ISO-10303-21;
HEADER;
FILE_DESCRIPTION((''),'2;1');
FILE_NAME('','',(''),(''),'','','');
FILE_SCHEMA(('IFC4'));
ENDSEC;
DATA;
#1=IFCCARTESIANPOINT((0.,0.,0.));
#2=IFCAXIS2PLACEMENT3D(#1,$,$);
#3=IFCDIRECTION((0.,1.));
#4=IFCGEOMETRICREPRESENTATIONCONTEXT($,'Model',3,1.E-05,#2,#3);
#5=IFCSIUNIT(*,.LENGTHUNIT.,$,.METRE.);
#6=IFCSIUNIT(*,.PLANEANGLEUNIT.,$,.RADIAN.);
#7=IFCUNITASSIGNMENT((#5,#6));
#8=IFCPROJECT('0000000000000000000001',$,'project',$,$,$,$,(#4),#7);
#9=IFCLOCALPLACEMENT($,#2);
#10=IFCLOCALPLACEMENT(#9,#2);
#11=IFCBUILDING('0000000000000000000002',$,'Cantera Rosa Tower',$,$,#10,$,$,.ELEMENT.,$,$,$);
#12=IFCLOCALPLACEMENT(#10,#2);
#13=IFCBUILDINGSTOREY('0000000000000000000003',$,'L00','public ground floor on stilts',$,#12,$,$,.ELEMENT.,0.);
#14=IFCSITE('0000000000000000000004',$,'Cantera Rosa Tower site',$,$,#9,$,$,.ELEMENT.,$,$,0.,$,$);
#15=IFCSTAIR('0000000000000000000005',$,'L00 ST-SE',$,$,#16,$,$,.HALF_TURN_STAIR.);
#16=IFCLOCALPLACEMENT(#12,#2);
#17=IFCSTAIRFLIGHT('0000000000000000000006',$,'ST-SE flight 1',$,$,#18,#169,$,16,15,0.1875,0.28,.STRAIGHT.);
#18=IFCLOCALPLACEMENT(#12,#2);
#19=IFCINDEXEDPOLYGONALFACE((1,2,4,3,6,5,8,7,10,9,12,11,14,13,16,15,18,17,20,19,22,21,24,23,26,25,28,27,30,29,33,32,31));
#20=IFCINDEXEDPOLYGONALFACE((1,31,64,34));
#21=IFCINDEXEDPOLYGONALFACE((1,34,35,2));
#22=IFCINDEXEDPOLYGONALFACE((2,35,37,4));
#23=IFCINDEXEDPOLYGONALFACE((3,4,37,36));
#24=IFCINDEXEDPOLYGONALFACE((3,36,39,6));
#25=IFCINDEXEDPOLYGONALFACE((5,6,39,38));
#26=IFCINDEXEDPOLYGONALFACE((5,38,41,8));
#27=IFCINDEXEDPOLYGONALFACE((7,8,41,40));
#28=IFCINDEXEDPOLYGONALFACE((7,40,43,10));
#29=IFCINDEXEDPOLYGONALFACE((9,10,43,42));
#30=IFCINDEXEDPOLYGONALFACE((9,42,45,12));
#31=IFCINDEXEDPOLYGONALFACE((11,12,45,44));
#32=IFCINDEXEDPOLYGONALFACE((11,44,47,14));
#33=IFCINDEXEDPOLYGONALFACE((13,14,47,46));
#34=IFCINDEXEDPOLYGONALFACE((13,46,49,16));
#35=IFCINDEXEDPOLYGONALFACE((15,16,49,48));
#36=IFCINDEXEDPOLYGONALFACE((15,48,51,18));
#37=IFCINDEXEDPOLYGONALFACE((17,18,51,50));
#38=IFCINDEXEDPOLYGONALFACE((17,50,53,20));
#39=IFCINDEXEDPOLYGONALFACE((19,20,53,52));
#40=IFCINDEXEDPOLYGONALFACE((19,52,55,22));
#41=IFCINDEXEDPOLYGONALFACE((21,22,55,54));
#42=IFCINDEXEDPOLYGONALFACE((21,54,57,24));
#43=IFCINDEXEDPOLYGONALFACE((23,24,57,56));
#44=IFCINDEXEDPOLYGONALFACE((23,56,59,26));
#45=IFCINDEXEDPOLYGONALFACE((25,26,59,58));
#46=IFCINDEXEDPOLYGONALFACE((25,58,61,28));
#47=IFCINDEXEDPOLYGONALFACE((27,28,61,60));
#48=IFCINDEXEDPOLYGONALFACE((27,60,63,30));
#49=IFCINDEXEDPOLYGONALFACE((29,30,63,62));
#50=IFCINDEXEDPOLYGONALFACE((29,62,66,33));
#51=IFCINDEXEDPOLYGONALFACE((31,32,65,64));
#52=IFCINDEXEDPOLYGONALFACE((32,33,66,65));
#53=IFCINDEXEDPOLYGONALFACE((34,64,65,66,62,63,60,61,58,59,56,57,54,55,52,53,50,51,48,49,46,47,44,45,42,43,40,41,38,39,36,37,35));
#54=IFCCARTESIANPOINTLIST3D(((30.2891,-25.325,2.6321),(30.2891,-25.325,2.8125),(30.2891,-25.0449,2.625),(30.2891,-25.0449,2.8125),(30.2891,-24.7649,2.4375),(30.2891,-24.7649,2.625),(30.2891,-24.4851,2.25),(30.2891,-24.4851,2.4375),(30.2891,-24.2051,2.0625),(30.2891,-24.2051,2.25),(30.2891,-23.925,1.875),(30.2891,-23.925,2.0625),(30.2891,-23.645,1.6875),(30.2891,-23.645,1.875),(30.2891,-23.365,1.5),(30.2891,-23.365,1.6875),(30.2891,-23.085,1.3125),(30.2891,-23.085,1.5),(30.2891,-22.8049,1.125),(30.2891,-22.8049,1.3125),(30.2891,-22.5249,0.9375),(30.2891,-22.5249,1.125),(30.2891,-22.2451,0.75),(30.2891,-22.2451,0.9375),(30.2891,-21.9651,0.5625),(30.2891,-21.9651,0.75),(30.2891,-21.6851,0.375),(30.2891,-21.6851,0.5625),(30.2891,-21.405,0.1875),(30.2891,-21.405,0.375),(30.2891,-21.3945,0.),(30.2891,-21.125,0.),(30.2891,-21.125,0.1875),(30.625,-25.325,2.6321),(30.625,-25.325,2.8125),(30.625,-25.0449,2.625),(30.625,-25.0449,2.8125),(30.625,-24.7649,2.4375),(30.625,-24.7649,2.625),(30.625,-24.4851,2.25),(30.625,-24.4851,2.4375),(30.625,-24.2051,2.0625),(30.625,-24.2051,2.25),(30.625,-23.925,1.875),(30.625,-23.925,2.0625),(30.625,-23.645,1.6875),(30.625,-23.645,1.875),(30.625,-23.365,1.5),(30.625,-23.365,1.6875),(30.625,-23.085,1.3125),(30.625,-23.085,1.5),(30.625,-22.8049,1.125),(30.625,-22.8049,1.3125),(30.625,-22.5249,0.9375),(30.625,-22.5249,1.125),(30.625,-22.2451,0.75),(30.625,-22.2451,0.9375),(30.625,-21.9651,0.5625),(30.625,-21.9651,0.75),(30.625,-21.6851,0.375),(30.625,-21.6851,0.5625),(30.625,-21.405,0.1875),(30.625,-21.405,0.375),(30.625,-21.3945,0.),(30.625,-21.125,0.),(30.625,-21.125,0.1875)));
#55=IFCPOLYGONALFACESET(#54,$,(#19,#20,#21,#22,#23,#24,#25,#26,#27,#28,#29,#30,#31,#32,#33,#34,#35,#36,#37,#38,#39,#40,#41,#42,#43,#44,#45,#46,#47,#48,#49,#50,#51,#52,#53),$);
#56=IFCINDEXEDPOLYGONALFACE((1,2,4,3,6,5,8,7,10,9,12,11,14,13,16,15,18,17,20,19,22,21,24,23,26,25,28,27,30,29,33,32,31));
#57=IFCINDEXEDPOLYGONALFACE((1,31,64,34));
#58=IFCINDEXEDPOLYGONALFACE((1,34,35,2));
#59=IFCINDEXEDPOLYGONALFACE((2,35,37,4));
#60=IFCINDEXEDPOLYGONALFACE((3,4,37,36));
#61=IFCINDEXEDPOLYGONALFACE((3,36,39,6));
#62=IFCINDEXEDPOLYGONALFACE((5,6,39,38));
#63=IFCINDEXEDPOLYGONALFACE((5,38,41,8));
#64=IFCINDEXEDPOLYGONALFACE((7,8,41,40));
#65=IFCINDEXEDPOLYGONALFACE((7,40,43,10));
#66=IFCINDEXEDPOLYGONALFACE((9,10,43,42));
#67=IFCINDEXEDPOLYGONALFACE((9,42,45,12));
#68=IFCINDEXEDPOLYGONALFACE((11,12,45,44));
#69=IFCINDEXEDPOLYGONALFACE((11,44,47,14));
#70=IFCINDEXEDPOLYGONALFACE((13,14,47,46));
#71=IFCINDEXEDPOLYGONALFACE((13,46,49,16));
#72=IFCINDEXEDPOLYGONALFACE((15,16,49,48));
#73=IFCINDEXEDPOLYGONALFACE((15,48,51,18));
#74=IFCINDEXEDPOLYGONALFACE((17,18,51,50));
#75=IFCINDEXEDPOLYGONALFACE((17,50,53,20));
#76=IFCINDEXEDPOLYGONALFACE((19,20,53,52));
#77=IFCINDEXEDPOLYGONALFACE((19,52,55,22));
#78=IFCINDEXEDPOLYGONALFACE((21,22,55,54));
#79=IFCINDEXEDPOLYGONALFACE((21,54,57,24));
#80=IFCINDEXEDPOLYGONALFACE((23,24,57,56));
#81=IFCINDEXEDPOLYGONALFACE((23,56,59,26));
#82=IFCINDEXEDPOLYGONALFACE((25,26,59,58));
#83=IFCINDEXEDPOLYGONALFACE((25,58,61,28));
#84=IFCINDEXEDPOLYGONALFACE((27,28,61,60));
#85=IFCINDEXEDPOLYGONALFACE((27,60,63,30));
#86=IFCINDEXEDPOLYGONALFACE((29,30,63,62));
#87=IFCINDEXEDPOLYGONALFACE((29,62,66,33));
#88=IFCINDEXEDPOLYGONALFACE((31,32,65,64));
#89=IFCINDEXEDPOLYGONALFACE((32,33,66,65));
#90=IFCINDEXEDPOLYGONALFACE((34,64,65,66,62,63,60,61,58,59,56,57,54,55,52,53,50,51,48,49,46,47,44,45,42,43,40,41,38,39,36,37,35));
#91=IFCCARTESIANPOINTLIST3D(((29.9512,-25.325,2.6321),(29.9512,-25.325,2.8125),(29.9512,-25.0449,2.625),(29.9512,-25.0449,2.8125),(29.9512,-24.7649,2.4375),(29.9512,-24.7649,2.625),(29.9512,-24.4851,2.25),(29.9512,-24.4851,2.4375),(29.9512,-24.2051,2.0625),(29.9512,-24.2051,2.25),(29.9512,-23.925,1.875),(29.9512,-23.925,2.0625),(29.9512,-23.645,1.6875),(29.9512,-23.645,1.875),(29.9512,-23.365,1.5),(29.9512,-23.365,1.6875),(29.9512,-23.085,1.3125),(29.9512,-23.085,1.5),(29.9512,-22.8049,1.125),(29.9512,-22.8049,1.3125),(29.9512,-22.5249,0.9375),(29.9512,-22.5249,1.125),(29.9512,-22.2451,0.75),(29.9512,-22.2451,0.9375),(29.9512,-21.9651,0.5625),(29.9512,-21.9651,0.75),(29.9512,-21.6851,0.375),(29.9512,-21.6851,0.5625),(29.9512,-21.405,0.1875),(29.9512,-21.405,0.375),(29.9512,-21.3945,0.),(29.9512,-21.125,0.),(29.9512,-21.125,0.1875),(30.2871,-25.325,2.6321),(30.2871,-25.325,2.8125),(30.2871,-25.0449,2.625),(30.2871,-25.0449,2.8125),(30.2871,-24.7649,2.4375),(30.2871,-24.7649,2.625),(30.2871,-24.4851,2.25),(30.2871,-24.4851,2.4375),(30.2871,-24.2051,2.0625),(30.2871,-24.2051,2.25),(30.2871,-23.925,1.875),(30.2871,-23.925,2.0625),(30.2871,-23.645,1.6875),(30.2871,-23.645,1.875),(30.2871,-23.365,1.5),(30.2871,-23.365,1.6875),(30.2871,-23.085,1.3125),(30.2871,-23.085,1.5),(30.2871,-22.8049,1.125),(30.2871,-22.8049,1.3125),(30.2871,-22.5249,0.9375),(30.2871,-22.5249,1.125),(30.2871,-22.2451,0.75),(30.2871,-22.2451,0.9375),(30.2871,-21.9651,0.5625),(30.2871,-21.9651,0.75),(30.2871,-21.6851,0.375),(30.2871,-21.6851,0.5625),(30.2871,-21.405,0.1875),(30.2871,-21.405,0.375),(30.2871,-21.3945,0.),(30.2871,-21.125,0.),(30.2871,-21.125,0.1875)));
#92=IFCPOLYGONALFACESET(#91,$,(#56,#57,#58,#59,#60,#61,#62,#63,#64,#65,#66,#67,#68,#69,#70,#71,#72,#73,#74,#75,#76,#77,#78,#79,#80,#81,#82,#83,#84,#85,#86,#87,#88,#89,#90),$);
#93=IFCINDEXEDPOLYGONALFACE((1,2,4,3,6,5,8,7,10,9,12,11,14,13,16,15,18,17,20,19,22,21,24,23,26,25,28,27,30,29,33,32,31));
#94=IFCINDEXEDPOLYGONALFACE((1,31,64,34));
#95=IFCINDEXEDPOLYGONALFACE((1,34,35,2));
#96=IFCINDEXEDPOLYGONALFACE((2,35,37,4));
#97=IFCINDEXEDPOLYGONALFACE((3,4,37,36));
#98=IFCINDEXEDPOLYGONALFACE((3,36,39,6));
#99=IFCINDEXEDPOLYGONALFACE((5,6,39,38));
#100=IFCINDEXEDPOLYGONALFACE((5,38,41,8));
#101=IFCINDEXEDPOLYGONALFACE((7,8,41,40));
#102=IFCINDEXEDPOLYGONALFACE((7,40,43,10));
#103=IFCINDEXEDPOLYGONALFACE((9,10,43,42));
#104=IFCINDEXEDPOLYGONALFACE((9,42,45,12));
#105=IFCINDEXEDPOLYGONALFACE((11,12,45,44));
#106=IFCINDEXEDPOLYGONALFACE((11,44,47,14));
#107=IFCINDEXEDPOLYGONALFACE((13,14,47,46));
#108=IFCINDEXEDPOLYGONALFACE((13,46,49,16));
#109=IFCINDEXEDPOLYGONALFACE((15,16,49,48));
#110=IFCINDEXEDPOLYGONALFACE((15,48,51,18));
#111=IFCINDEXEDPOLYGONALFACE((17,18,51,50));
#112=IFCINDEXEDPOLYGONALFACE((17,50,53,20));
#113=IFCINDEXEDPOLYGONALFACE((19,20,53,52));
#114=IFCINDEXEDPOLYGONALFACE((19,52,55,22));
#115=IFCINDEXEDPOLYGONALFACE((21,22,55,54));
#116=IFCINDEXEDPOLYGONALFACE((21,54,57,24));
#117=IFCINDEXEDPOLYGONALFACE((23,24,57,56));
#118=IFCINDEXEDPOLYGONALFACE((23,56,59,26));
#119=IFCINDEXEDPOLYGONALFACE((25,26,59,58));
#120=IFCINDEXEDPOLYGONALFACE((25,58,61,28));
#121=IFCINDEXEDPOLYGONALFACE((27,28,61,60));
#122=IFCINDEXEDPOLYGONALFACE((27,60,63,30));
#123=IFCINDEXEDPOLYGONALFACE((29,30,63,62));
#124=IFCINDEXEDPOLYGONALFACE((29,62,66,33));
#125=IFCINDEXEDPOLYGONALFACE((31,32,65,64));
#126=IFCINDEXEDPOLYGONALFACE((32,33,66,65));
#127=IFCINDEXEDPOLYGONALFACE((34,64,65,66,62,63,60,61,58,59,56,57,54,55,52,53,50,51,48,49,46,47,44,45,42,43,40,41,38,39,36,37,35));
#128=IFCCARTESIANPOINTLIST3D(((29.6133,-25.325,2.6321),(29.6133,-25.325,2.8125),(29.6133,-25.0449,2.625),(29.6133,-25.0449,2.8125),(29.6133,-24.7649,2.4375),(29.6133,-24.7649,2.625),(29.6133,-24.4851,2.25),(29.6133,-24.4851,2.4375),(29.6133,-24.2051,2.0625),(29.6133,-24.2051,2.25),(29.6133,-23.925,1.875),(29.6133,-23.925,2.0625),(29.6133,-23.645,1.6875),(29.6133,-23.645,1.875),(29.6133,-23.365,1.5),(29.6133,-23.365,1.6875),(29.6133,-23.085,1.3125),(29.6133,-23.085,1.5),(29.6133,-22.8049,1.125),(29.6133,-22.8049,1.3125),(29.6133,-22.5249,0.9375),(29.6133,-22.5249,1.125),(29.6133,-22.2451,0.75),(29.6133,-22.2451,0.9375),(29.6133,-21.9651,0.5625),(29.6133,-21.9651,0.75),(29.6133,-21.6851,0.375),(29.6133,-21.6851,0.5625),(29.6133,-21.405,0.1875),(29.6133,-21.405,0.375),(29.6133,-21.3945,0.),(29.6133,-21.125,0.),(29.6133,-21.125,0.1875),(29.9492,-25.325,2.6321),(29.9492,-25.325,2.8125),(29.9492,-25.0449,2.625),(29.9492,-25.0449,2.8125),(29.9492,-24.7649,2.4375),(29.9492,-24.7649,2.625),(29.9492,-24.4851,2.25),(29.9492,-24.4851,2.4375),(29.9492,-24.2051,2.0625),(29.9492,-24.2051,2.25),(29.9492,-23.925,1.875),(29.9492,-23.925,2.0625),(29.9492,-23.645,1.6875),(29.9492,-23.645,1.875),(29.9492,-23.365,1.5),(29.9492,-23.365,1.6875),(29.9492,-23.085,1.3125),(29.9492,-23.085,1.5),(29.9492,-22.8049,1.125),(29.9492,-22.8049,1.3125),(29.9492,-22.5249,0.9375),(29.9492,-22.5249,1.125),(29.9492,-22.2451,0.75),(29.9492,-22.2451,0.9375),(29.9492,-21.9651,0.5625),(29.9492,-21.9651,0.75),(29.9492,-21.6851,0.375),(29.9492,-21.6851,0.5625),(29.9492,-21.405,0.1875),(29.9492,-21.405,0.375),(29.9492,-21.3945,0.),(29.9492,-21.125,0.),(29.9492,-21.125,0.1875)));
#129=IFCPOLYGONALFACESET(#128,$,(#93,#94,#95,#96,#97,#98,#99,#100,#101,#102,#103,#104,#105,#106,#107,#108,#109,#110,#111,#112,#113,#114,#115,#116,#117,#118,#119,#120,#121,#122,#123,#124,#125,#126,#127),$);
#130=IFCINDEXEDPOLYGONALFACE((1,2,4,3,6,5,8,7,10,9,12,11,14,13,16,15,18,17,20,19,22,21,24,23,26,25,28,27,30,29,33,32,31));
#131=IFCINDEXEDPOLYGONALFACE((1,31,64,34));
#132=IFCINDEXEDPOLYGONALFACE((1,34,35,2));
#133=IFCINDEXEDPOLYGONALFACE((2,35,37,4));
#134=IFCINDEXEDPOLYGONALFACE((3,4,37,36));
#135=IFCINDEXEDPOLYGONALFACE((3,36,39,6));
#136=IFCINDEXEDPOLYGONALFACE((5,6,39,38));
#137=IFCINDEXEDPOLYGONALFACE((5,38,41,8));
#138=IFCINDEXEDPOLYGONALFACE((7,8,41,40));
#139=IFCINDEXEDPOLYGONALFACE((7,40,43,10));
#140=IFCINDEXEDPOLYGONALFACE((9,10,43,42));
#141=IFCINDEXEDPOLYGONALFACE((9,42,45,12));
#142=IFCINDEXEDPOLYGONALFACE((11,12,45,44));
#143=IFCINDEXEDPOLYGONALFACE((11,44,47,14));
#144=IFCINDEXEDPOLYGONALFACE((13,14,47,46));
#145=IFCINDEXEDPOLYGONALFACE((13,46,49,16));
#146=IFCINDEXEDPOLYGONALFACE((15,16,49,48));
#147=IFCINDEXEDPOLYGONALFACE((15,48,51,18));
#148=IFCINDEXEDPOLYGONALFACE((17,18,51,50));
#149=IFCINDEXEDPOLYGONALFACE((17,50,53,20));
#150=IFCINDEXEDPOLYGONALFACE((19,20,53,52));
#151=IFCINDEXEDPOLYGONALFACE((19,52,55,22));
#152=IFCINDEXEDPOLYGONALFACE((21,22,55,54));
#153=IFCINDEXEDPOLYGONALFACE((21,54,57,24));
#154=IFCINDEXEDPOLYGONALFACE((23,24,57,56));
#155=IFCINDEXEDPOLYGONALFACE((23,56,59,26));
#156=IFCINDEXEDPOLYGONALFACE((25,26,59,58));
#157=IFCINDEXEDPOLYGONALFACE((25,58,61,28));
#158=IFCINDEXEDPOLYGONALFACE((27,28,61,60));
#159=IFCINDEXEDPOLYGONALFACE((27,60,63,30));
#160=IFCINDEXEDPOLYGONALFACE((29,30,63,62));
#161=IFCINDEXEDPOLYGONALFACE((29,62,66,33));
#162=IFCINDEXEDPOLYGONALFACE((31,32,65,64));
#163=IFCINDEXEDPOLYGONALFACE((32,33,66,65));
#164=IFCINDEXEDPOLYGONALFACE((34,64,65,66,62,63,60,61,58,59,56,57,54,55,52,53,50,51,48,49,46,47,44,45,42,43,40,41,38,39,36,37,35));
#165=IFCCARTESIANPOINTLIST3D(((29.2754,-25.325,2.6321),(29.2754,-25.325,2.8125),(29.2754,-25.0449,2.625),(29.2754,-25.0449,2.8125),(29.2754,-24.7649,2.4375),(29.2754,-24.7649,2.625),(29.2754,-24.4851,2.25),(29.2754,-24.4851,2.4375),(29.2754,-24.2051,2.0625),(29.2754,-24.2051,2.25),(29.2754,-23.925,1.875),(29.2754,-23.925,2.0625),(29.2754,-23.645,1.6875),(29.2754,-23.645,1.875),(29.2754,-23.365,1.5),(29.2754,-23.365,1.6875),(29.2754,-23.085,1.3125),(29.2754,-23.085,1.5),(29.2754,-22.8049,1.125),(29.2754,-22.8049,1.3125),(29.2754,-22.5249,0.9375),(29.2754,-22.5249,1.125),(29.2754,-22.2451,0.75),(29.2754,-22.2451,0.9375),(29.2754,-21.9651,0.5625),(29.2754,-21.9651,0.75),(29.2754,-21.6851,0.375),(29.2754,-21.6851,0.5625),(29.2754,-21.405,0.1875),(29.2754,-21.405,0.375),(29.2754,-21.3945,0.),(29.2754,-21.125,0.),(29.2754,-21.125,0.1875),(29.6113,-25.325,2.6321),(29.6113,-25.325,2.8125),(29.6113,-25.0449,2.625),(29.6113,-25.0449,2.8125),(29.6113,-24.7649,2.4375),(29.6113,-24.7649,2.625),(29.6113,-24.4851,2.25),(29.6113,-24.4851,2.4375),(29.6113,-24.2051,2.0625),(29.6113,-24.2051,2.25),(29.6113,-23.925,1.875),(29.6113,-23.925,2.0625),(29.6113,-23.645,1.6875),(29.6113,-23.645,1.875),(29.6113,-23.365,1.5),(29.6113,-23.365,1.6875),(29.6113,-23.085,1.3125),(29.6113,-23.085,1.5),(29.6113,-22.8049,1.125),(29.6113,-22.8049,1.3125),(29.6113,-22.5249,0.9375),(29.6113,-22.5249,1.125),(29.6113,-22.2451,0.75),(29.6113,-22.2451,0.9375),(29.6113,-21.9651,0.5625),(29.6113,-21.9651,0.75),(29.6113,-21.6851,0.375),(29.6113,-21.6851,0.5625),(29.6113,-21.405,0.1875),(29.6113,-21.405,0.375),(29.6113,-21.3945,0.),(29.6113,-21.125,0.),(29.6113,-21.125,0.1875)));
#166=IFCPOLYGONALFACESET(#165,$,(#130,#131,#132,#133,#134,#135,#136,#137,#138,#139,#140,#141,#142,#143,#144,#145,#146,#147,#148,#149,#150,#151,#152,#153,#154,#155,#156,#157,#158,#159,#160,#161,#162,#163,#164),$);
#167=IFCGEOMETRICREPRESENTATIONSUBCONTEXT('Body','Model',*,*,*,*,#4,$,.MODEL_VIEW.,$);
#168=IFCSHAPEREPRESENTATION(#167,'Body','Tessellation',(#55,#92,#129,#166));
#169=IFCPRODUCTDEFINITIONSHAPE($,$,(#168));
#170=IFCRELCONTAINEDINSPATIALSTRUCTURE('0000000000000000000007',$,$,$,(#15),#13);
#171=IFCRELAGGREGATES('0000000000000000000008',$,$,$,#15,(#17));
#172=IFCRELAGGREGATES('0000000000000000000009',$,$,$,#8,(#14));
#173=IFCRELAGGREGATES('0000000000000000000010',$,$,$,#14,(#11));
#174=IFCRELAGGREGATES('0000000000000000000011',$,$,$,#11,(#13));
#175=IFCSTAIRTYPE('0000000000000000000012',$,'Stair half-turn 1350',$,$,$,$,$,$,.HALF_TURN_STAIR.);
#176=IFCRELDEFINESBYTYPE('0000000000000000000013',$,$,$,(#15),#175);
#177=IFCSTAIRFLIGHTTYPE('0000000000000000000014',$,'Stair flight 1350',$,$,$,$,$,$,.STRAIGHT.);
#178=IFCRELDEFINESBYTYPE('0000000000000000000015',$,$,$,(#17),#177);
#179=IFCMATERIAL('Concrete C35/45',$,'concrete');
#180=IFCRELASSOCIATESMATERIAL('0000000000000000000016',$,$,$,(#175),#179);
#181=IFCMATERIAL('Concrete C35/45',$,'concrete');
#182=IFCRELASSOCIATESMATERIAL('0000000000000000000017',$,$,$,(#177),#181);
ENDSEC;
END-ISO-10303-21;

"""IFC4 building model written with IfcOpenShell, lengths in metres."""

from ifc_helpers import new_model, si_unit, direction, frame, origin, place, context, subcontext, project, spatial, polyline, outline, extrude, material, type_object, element, aggregate, save


model = new_model("IFC4")

# Units and contexts
model_context = context("Model", 3, precision=1e-05, world=origin(), true_north=direction((0.0, 1.0)))
body_context = subcontext(model_context, "Body", "Model", "MODEL_VIEW")
ifc_project = project(units=[si_unit("LENGTHUNIT", "METRE"), si_unit("PLANEANGLEUNIT", "RADIAN")], contexts=[model_context])

# Site, building, storey
site_placement = place(None, origin())
site = spatial("IfcSite", under=ifc_project, at=site_placement, Name="Cantera Rosa Tower site", CompositionType="ELEMENT", RefElevation=0.0)
building_placement = place(site_placement, origin())
building = spatial("IfcBuilding", under=site, at=building_placement, Name="Cantera Rosa Tower", CompositionType="ELEMENT")
storey_placement = place(building_placement, origin())
storey = spatial("IfcBuildingStorey", under=building, at=storey_placement, Name="L00", Description="public ground floor on stilts", CompositionType="ELEMENT", Elevation=0.0)

# Stair, stair flight
ifc_material_1 = material(Name="Concrete C35/45", Category="concrete")
stair_type = type_object("IfcStairType", Name="Stair half-turn 1350", PredefinedType="HALF_TURN_STAIR", material=ifc_material_1)
stair_placement = place(storey_placement, origin())
stair = element("IfcStair", 1, at=stair_placement, inside=storey, type_object=stair_type, Name="L00 ST-SE", PredefinedType="HALF_TURN_STAIR")
ifc_material_2 = material(Name="Concrete C35/45", Category="concrete")
stair_flight_type = type_object("IfcStairFlightType", Name="Stair flight 1350", PredefinedType="STRAIGHT", material=ifc_material_2)
stair_flight_1_placement = place(storey_placement, frame((29.95, -21.125, 0.0), z_axis=(0.0, 0.0, 1.0), x_axis=(0.0, -1.0, 0.0)))
stair_flight_1 = element("IfcStairFlight", 2, at=stair_flight_1_placement, type_object=stair_flight_type, Name="ST-SE flight 1", NumberOfRisers=16, NumberOfTreads=15, PredefinedType="STRAIGHT", RiserHeight=0.1875, TreadLength=0.28, context=body_context, shape_type="SweptSolid", body=[
    extrude(outline(polyline([(0.0, 0.0), (0.0, 0.1875), (0.28, 0.1875), (0.28, 0.375), (0.5601, 0.375), (0.5601, 0.5625), (0.8401, 0.5625), (0.8401, 0.75), (1.1201, 0.75), (1.1201, 0.9375), (1.3999, 0.9375), (1.3999, 1.125), (1.6799, 1.125), (1.6799, 1.3125), (1.96, 1.3125), (1.96, 1.5), (2.24, 1.5), (2.24, 1.6875), (2.52, 1.6875), (2.52, 1.875), (2.8, 1.875), (2.8, 2.0625), (3.0801, 2.0625), (3.0801, 2.25), (3.3601, 2.25), (3.3601, 2.4375), (3.6399, 2.4375), (3.6399, 2.625), (3.9199, 2.625), (3.9199, 2.8125), (4.2, 2.8125), (4.2, 3.0), (4.2, 2.6321), (0.2695, 0.0), (0.0, 0.0)])), frame((0.0, 0.675, 0.0), z_axis=(0.0, -1.0, 0.0), x_axis=(1.0, 0.0, 0.0)), (0.0, 0.0, 1.0), 0.3359),
    extrude(outline(polyline([(0.0, 0.0), (0.0, 0.1875), (0.28, 0.1875), (0.28, 0.375), (0.5601, 0.375), (0.5601, 0.5625), (0.8401, 0.5625), (0.8401, 0.75), (1.1201, 0.75), (1.1201, 0.9375), (1.3999, 0.9375), (1.3999, 1.125), (1.6799, 1.125), (1.6799, 1.3125), (1.96, 1.3125), (1.96, 1.5), (2.24, 1.5), (2.24, 1.6875), (2.52, 1.6875), (2.52, 1.875), (2.8, 1.875), (2.8, 2.0625), (3.0801, 2.0625), (3.0801, 2.25), (3.3601, 2.25), (3.3601, 2.4375), (3.6399, 2.4375), (3.6399, 2.625), (3.9199, 2.625), (3.9199, 2.8125), (4.2, 2.8125), (4.2, 3.0), (4.2, 2.6321), (0.2695, 0.0), (0.0, 0.0)])), frame((0.0, 0.3372, 0.0), z_axis=(0.0, -1.0, 0.0), x_axis=(1.0, 0.0, 0.0)), (0.0, 0.0, 1.0), 0.3359),
    extrude(outline(polyline([(0.0, 0.0), (0.0, 0.1875), (0.28, 0.1875), (0.28, 0.375), (0.5601, 0.375), (0.5601, 0.5625), (0.8401, 0.5625), (0.8401, 0.75), (1.1201, 0.75), (1.1201, 0.9375), (1.3999, 0.9375), (1.3999, 1.125), (1.6799, 1.125), (1.6799, 1.3125), (1.96, 1.3125), (1.96, 1.5), (2.24, 1.5), (2.24, 1.6875), (2.52, 1.6875), (2.52, 1.875), (2.8, 1.875), (2.8, 2.0625), (3.0801, 2.0625), (3.0801, 2.25), (3.3601, 2.25), (3.3601, 2.4375), (3.6399, 2.4375), (3.6399, 2.625), (3.9199, 2.625), (3.9199, 2.8125), (4.2, 2.8125), (4.2, 3.0), (4.2, 2.6321), (0.2695, 0.0), (0.0, 0.0)])), frame((0.0, -0.0007, 0.0), z_axis=(0.0, -1.0, 0.0), x_axis=(1.0, 0.0, 0.0)), (0.0, 0.0, 1.0), 0.3359),
    extrude(outline(polyline([(0.0, 0.0), (0.0, 0.1875), (0.28, 0.1875), (0.28, 0.375), (0.5601, 0.375), (0.5601, 0.5625), (0.8401, 0.5625), (0.8401, 0.75), (1.1201, 0.75), (1.1201, 0.9375), (1.3999, 0.9375), (1.3999, 1.125), (1.6799, 1.125), (1.6799, 1.3125), (1.96, 1.3125), (1.96, 1.5), (2.24, 1.5), (2.24, 1.6875), (2.52, 1.6875), (2.52, 1.875), (2.8, 1.875), (2.8, 2.0625), (3.0801, 2.0625), (3.0801, 2.25), (3.3601, 2.25), (3.3601, 2.4375), (3.6399, 2.4375), (3.6399, 2.625), (3.9199, 2.625), (3.9199, 2.8125), (4.2, 2.8125), (4.2, 3.0), (4.2, 2.6321), (0.2695, 0.0), (0.0, 0.0)])), frame((0.0, -0.3386, 0.0), z_axis=(0.0, -1.0, 0.0), x_axis=(1.0, 0.0, 0.0)), (0.0, 0.0, 1.0), 0.3359),
])
aggregate(stair, [stair_flight_1])

save(model, "model.ifc")
